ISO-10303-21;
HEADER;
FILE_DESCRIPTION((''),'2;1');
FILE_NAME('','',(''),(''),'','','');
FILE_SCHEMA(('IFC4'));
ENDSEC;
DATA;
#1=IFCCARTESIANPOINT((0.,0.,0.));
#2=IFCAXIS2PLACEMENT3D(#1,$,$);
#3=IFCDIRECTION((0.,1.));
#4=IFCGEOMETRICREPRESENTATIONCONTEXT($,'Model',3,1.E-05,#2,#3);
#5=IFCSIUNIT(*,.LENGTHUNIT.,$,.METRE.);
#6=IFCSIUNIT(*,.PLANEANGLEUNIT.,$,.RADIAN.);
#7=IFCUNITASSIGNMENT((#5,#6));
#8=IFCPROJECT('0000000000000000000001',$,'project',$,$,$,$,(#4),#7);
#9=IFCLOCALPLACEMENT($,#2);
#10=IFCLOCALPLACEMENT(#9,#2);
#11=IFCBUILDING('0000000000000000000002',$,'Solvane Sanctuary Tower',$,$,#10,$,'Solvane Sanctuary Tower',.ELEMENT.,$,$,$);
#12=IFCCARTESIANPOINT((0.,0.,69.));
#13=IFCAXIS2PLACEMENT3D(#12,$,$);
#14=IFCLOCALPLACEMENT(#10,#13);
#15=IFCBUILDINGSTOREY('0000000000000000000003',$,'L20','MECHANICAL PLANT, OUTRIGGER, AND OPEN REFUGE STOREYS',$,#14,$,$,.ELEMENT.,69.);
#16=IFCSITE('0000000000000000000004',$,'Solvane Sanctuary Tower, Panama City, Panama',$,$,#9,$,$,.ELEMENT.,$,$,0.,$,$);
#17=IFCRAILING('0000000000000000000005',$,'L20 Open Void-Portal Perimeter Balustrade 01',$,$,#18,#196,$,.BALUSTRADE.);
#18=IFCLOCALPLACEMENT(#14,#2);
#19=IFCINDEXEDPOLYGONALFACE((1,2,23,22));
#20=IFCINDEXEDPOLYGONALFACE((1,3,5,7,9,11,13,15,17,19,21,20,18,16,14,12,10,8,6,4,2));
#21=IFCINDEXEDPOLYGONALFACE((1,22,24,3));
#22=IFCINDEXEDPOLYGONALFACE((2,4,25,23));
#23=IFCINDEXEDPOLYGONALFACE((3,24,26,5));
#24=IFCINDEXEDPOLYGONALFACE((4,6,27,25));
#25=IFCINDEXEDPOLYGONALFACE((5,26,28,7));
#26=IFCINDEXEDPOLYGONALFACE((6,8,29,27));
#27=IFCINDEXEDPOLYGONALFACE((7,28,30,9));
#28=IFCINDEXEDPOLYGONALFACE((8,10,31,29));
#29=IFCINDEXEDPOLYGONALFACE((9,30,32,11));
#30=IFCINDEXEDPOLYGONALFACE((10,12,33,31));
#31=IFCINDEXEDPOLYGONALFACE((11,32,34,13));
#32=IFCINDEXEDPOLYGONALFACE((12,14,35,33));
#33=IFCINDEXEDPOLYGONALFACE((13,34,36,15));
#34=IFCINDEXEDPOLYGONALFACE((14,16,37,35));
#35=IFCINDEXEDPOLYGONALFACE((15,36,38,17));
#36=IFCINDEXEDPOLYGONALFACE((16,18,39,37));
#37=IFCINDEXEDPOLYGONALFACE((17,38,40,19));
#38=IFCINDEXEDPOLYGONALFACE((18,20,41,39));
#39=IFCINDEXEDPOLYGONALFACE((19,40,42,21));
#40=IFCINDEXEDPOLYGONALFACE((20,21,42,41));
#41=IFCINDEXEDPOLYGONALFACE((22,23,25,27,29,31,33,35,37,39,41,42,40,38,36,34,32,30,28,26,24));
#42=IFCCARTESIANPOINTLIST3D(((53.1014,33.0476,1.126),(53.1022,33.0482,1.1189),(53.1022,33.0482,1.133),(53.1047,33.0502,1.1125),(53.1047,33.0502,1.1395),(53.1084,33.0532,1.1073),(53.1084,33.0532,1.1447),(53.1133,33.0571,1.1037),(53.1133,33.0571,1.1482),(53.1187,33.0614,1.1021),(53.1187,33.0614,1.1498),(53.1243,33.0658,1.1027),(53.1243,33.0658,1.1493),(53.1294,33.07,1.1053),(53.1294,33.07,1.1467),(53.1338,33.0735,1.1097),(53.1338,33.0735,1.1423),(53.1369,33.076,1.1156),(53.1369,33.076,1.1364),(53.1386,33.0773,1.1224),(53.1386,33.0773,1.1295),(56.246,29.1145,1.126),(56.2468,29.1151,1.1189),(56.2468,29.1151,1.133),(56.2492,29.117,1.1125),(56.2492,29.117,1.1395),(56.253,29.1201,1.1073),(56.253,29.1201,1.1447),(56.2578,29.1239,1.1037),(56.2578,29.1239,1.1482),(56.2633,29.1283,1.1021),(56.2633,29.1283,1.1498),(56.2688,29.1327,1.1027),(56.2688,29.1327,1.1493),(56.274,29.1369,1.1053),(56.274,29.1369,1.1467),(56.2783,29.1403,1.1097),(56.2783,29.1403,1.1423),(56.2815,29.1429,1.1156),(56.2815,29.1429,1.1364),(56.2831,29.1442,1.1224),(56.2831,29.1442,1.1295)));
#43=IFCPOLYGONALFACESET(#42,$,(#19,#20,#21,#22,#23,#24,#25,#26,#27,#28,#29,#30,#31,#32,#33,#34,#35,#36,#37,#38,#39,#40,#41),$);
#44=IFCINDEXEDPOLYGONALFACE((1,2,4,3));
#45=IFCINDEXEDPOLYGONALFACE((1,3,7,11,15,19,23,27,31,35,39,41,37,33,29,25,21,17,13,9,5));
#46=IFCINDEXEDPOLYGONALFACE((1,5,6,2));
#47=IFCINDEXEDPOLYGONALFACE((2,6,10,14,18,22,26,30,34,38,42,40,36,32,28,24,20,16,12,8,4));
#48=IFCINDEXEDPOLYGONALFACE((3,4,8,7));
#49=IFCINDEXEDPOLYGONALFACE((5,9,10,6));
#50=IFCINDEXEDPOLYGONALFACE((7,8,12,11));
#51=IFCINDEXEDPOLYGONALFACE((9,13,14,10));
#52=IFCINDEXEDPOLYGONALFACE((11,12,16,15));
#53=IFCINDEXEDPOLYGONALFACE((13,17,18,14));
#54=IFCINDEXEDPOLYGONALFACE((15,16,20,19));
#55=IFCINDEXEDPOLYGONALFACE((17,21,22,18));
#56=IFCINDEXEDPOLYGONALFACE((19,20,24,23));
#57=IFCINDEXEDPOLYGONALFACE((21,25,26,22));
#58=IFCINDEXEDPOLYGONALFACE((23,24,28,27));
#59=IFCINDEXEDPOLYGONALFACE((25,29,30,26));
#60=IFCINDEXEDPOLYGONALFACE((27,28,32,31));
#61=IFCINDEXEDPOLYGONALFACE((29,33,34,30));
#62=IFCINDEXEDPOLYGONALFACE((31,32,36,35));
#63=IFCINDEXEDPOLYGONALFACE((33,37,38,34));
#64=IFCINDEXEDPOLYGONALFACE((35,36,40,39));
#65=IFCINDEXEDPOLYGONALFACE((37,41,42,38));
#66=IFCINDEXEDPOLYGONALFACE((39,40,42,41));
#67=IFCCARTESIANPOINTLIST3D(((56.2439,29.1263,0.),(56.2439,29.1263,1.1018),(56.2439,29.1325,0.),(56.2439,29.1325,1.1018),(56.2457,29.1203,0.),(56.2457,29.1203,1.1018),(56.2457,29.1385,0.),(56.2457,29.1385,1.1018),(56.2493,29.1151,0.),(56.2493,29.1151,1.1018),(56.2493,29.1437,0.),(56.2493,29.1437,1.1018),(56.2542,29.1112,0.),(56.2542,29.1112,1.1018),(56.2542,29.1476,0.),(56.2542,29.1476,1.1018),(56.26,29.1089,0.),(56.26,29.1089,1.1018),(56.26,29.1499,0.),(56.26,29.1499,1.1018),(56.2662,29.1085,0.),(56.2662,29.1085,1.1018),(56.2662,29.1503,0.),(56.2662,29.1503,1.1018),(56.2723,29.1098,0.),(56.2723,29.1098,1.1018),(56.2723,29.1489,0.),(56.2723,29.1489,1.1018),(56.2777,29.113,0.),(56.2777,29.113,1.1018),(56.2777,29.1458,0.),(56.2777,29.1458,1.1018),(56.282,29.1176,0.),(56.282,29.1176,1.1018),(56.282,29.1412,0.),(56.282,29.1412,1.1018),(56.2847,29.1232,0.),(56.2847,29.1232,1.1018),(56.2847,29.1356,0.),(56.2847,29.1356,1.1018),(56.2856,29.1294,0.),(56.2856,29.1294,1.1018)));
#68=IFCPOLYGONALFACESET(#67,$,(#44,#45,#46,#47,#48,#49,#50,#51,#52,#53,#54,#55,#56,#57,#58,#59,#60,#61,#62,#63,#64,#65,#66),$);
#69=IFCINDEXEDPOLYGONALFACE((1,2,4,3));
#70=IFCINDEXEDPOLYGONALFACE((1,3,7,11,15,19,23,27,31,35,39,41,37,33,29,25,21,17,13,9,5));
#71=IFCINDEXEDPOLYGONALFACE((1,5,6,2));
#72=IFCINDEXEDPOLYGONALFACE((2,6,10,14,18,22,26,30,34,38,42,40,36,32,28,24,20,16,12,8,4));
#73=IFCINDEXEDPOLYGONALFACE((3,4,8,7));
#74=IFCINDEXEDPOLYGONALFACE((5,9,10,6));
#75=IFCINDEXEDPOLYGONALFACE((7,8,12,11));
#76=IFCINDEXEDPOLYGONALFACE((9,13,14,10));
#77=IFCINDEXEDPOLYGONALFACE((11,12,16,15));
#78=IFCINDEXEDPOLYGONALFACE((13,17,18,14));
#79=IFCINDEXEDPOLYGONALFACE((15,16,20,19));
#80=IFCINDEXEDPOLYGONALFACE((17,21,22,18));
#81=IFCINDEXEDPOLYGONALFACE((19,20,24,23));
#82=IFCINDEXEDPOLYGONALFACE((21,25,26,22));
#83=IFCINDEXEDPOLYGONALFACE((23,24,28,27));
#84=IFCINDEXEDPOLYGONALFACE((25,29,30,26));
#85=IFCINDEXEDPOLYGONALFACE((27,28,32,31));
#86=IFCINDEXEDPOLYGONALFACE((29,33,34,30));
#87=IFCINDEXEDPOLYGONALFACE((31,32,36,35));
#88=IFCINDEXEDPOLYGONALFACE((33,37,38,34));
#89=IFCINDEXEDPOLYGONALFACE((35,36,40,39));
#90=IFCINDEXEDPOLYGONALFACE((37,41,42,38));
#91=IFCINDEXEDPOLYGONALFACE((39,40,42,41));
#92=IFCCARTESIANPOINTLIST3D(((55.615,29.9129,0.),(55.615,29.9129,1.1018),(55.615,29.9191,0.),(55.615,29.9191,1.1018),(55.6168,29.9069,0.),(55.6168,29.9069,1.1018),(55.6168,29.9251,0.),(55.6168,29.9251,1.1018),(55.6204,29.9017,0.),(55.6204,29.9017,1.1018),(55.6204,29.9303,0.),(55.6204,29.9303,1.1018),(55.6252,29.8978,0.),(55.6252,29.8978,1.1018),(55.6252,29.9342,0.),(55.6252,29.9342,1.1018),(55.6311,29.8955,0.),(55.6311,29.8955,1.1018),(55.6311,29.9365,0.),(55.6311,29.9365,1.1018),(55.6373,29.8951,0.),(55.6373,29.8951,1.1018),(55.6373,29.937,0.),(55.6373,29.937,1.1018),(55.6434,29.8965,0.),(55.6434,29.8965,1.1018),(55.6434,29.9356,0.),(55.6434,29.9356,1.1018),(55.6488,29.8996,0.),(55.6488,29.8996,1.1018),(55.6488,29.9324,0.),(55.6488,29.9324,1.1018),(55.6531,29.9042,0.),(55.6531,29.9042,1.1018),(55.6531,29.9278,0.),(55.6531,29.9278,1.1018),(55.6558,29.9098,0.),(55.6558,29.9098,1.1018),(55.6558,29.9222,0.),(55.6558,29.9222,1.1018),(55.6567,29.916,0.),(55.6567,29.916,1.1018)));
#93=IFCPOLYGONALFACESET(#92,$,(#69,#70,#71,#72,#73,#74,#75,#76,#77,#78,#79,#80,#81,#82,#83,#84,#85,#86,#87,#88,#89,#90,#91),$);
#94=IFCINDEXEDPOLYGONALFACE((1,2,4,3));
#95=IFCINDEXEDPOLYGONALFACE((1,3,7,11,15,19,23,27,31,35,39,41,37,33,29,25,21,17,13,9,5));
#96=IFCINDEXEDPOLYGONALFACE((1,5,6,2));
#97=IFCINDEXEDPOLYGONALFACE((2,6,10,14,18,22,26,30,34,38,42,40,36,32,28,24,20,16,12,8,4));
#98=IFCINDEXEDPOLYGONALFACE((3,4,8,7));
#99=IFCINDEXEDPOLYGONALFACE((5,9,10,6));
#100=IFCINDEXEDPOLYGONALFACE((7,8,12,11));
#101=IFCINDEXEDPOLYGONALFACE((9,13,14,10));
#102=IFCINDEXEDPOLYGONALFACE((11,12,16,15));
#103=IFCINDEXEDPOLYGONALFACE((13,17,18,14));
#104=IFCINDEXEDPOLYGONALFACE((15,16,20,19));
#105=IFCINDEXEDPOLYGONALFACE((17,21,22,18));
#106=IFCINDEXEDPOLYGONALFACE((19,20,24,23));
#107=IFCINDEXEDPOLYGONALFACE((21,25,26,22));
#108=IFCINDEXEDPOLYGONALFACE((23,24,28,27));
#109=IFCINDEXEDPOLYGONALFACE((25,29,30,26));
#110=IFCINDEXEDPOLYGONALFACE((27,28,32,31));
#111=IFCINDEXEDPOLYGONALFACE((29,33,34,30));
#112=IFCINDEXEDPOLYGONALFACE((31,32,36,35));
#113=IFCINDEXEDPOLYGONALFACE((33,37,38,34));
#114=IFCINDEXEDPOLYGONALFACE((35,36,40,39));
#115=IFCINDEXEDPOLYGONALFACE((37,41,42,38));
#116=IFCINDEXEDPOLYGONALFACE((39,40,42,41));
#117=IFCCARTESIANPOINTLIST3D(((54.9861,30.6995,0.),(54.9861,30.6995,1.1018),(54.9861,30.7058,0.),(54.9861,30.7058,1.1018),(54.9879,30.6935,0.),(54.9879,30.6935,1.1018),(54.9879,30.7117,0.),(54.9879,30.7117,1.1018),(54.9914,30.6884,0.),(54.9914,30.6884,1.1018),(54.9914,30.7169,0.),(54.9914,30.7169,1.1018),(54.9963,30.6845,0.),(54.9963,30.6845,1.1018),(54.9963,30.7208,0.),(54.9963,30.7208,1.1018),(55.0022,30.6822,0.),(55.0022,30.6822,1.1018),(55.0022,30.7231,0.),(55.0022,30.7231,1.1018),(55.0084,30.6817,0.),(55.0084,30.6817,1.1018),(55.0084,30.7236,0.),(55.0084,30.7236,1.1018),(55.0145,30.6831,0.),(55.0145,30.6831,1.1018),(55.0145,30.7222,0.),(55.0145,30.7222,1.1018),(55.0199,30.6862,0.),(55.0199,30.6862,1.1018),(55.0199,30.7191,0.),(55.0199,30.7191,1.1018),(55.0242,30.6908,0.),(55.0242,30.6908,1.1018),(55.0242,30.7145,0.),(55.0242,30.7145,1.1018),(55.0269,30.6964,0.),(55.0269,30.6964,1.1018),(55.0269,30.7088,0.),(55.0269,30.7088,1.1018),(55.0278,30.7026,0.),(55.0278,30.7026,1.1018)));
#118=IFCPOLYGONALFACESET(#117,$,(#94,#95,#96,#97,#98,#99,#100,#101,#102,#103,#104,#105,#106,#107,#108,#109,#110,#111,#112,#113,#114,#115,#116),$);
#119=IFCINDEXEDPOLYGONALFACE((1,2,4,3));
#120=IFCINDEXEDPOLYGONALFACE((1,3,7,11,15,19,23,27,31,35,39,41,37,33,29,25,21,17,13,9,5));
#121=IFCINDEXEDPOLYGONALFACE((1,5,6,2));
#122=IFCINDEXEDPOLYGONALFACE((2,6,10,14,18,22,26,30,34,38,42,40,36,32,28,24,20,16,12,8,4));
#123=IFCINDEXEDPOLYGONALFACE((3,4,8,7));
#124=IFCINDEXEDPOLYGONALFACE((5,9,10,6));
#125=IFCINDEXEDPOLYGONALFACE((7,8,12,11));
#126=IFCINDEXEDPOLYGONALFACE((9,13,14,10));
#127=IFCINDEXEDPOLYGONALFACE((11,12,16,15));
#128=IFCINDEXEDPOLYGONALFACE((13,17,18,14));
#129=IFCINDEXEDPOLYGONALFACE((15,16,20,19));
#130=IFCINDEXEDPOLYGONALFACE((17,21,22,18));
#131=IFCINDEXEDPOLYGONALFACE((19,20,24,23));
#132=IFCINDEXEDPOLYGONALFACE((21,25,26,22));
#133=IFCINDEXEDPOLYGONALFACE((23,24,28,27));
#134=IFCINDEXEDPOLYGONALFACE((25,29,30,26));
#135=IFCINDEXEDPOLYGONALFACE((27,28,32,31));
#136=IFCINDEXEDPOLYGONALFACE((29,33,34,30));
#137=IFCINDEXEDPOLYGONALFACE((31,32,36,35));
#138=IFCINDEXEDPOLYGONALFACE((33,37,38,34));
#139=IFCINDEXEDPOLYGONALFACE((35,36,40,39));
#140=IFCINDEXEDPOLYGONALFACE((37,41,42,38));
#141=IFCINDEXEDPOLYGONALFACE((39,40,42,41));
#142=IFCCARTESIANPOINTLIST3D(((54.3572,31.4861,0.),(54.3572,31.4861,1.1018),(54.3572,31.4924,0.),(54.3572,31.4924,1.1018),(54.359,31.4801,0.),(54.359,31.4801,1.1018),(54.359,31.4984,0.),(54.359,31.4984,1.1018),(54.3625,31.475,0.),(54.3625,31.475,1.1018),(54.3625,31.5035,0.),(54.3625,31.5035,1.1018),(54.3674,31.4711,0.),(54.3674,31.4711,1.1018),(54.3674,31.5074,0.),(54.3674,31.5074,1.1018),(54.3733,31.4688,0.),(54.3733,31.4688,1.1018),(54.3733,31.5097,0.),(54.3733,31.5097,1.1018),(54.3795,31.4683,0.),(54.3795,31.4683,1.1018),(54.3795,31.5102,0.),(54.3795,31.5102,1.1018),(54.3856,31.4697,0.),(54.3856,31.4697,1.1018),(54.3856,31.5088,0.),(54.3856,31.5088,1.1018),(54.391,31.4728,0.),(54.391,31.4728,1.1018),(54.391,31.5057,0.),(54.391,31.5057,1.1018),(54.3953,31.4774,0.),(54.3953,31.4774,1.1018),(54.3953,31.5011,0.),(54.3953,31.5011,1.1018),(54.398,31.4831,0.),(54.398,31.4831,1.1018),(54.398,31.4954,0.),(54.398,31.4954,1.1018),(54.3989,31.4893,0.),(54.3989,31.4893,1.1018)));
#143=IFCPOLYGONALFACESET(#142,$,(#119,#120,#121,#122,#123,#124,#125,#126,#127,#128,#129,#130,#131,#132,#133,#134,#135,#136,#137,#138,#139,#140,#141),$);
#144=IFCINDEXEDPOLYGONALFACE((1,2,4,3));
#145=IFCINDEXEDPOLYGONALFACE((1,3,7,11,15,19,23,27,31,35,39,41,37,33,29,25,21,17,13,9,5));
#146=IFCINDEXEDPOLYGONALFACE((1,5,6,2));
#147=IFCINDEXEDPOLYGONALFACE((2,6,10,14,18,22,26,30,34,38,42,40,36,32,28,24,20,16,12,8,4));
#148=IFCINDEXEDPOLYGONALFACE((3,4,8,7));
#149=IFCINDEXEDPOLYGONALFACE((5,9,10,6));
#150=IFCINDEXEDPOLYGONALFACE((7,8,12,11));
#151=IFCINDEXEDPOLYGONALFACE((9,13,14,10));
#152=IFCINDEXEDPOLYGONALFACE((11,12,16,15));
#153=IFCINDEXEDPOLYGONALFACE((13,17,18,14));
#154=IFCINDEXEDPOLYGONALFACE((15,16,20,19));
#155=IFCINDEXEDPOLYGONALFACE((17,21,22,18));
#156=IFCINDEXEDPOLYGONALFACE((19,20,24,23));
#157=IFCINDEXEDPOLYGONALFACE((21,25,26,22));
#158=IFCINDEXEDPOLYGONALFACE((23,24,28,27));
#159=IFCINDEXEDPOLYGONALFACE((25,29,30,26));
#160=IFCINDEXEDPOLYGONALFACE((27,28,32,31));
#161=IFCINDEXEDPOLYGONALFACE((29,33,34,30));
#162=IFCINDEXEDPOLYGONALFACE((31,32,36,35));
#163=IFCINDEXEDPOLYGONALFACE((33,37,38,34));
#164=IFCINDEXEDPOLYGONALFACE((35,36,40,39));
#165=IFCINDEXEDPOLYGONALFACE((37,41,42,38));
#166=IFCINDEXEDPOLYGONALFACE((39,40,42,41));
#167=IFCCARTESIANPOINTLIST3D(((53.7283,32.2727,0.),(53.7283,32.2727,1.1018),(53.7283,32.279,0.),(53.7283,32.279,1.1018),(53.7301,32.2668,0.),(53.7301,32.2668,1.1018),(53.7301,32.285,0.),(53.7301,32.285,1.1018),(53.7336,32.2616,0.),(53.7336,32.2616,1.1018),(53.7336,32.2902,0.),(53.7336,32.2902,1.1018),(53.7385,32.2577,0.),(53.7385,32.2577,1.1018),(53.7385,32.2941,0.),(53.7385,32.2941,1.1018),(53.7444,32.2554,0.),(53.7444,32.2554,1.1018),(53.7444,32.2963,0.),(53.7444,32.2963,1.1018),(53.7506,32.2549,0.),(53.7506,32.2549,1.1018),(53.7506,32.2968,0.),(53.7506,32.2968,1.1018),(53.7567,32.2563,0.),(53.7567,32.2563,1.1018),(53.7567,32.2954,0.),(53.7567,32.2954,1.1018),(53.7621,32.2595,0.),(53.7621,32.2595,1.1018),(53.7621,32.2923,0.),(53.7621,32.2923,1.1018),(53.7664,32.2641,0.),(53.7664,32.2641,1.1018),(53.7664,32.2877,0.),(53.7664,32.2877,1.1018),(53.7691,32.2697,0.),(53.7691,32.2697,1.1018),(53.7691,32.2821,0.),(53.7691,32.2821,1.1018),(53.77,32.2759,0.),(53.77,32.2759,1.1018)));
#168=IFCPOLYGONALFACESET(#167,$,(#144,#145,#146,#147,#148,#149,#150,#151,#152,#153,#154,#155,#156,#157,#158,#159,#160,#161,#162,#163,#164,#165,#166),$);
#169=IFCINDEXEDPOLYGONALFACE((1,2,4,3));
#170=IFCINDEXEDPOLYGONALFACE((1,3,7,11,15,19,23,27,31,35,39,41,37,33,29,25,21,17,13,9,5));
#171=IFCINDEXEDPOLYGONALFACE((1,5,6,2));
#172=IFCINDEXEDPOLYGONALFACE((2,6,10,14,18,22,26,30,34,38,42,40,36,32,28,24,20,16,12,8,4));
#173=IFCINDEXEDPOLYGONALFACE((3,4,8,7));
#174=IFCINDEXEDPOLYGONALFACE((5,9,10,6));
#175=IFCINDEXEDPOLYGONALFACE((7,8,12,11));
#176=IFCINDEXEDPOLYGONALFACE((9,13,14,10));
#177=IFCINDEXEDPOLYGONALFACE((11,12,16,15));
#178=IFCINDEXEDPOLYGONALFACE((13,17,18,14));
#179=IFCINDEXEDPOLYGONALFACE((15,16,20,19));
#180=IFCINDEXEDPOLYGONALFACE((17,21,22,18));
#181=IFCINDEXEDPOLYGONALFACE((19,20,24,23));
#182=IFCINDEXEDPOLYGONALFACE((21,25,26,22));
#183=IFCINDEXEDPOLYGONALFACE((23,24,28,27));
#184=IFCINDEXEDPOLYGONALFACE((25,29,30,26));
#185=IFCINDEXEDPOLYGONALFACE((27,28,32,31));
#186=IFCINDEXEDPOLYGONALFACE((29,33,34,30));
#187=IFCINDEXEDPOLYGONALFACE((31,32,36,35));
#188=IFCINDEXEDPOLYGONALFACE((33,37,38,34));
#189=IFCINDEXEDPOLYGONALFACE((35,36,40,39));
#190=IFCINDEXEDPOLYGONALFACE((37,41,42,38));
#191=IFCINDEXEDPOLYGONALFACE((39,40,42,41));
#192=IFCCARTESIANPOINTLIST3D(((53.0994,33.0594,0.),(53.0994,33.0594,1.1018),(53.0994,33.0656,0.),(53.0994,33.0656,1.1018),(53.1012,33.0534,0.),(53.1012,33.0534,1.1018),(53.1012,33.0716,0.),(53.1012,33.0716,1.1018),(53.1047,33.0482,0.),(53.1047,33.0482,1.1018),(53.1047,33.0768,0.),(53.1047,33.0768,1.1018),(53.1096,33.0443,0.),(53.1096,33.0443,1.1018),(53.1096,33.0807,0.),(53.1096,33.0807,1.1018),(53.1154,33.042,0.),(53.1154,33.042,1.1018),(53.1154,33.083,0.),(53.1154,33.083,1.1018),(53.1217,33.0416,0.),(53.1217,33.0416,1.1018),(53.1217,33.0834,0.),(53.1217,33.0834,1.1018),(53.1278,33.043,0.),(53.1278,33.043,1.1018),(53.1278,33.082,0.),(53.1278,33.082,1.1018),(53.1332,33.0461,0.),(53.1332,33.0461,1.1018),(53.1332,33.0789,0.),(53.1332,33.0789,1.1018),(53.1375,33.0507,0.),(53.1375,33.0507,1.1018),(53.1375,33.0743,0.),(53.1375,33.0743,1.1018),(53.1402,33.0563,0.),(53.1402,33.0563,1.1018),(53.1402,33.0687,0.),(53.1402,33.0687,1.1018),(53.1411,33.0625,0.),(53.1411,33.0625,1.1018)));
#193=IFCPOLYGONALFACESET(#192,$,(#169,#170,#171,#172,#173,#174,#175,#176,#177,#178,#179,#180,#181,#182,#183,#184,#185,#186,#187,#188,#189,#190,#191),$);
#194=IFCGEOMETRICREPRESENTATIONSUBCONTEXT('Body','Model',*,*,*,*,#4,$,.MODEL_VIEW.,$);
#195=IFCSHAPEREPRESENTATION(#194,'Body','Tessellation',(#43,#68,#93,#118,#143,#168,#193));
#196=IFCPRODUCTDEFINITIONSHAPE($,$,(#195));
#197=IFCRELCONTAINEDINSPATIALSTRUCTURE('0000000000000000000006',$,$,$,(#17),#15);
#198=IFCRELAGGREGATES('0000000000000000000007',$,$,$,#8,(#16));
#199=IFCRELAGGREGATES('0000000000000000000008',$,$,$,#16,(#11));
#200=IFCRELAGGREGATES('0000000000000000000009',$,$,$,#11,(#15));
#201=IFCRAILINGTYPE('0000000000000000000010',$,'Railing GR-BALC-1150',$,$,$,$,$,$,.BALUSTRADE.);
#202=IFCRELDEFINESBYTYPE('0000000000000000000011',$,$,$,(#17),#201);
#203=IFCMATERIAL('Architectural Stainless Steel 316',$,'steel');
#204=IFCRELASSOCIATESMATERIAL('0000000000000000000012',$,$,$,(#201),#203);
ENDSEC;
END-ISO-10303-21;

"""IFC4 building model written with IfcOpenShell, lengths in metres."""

from ifc_helpers import new_model, si_unit, direction, frame, origin, origin_2d, place, context, subcontext, project, spatial, circle, extrude, material, type_object, element, save


model = new_model("IFC4")

# Units and contexts
model_context = context("Model", 3, precision=1e-05, world=origin(), true_north=direction((0.0, 1.0)))
body_context = subcontext(model_context, "Body", "Model", "MODEL_VIEW")
ifc_project = project(units=[si_unit("LENGTHUNIT", "METRE"), si_unit("PLANEANGLEUNIT", "RADIAN")], contexts=[model_context])

# Site, building, storey
site_placement = place(None, origin())
site = spatial("IfcSite", under=ifc_project, at=site_placement, Name="Solvane Sanctuary Tower, Panama City, Panama", CompositionType="ELEMENT", RefElevation=0.0)
building_placement = place(site_placement, origin())
building = spatial("IfcBuilding", under=site, at=building_placement, Name="Solvane Sanctuary Tower", LongName="Solvane Sanctuary Tower", CompositionType="ELEMENT")
storey_placement = place(building_placement, frame((0.0, 0.0, 69.0)))
storey = spatial("IfcBuildingStorey", under=building, at=storey_placement, Name="L20", Description="MECHANICAL PLANT, OUTRIGGER, AND OPEN REFUGE STOREYS", CompositionType="ELEMENT", Elevation=69.0)

# Shared definitions
ifc_material_1 = material(Name="Architectural Stainless Steel 316", Category="steel")

# Railing
railing_type_1 = type_object("IfcRailingType", Name="Railing GR-BALC-1150", PredefinedType="BALUSTRADE", material=ifc_material_1)
railing_1_placement = place(storey_placement, frame((56.2646, 29.1294, 0.0)))
element("IfcRailing", 1, at=railing_1_placement, inside=storey, type_object=railing_type_1, Name="L20 Open Void-Portal Perimeter Balustrade 01", PredefinedType="BALUSTRADE", context=body_context, shape_type="SweptSolid", body=[
    extrude(circle(Radius=0.0239, at=origin_2d()), frame((0.0, 0.0, 1.126), z_axis=(-0.624459, 0.781058, 0.0), x_axis=(-0.781058, -0.624459, 0.0)), (0.0, 0.0, 1.0), 5.0356),
    extrude(circle(Radius=0.021, at=origin_2d()), origin(), (0.0, 0.0, 1.0), 1.1018),
    extrude(circle(Radius=0.021, at=origin_2d()), frame((-0.6289, 0.7866, 0.0)), (0.0, 0.0, 1.0), 1.1018),
    extrude(circle(Radius=0.021, at=origin_2d()), frame((-1.2578, 1.5732, 0.0)), (0.0, 0.0, 1.0), 1.1018),
    extrude(circle(Radius=0.021, at=origin_2d()), frame((-1.8867, 2.3599, 0.0)), (0.0, 0.0, 1.0), 1.1018),
    extrude(circle(Radius=0.021, at=origin_2d()), frame((-2.5156, 3.1465, 0.0)), (0.0, 0.0, 1.0), 1.1018),
    extrude(circle(Radius=0.021, at=origin_2d()), frame((-3.1445, 3.9331, 0.0)), (0.0, 0.0, 1.0), 1.1018),
])

save(model, "model.ifc")
